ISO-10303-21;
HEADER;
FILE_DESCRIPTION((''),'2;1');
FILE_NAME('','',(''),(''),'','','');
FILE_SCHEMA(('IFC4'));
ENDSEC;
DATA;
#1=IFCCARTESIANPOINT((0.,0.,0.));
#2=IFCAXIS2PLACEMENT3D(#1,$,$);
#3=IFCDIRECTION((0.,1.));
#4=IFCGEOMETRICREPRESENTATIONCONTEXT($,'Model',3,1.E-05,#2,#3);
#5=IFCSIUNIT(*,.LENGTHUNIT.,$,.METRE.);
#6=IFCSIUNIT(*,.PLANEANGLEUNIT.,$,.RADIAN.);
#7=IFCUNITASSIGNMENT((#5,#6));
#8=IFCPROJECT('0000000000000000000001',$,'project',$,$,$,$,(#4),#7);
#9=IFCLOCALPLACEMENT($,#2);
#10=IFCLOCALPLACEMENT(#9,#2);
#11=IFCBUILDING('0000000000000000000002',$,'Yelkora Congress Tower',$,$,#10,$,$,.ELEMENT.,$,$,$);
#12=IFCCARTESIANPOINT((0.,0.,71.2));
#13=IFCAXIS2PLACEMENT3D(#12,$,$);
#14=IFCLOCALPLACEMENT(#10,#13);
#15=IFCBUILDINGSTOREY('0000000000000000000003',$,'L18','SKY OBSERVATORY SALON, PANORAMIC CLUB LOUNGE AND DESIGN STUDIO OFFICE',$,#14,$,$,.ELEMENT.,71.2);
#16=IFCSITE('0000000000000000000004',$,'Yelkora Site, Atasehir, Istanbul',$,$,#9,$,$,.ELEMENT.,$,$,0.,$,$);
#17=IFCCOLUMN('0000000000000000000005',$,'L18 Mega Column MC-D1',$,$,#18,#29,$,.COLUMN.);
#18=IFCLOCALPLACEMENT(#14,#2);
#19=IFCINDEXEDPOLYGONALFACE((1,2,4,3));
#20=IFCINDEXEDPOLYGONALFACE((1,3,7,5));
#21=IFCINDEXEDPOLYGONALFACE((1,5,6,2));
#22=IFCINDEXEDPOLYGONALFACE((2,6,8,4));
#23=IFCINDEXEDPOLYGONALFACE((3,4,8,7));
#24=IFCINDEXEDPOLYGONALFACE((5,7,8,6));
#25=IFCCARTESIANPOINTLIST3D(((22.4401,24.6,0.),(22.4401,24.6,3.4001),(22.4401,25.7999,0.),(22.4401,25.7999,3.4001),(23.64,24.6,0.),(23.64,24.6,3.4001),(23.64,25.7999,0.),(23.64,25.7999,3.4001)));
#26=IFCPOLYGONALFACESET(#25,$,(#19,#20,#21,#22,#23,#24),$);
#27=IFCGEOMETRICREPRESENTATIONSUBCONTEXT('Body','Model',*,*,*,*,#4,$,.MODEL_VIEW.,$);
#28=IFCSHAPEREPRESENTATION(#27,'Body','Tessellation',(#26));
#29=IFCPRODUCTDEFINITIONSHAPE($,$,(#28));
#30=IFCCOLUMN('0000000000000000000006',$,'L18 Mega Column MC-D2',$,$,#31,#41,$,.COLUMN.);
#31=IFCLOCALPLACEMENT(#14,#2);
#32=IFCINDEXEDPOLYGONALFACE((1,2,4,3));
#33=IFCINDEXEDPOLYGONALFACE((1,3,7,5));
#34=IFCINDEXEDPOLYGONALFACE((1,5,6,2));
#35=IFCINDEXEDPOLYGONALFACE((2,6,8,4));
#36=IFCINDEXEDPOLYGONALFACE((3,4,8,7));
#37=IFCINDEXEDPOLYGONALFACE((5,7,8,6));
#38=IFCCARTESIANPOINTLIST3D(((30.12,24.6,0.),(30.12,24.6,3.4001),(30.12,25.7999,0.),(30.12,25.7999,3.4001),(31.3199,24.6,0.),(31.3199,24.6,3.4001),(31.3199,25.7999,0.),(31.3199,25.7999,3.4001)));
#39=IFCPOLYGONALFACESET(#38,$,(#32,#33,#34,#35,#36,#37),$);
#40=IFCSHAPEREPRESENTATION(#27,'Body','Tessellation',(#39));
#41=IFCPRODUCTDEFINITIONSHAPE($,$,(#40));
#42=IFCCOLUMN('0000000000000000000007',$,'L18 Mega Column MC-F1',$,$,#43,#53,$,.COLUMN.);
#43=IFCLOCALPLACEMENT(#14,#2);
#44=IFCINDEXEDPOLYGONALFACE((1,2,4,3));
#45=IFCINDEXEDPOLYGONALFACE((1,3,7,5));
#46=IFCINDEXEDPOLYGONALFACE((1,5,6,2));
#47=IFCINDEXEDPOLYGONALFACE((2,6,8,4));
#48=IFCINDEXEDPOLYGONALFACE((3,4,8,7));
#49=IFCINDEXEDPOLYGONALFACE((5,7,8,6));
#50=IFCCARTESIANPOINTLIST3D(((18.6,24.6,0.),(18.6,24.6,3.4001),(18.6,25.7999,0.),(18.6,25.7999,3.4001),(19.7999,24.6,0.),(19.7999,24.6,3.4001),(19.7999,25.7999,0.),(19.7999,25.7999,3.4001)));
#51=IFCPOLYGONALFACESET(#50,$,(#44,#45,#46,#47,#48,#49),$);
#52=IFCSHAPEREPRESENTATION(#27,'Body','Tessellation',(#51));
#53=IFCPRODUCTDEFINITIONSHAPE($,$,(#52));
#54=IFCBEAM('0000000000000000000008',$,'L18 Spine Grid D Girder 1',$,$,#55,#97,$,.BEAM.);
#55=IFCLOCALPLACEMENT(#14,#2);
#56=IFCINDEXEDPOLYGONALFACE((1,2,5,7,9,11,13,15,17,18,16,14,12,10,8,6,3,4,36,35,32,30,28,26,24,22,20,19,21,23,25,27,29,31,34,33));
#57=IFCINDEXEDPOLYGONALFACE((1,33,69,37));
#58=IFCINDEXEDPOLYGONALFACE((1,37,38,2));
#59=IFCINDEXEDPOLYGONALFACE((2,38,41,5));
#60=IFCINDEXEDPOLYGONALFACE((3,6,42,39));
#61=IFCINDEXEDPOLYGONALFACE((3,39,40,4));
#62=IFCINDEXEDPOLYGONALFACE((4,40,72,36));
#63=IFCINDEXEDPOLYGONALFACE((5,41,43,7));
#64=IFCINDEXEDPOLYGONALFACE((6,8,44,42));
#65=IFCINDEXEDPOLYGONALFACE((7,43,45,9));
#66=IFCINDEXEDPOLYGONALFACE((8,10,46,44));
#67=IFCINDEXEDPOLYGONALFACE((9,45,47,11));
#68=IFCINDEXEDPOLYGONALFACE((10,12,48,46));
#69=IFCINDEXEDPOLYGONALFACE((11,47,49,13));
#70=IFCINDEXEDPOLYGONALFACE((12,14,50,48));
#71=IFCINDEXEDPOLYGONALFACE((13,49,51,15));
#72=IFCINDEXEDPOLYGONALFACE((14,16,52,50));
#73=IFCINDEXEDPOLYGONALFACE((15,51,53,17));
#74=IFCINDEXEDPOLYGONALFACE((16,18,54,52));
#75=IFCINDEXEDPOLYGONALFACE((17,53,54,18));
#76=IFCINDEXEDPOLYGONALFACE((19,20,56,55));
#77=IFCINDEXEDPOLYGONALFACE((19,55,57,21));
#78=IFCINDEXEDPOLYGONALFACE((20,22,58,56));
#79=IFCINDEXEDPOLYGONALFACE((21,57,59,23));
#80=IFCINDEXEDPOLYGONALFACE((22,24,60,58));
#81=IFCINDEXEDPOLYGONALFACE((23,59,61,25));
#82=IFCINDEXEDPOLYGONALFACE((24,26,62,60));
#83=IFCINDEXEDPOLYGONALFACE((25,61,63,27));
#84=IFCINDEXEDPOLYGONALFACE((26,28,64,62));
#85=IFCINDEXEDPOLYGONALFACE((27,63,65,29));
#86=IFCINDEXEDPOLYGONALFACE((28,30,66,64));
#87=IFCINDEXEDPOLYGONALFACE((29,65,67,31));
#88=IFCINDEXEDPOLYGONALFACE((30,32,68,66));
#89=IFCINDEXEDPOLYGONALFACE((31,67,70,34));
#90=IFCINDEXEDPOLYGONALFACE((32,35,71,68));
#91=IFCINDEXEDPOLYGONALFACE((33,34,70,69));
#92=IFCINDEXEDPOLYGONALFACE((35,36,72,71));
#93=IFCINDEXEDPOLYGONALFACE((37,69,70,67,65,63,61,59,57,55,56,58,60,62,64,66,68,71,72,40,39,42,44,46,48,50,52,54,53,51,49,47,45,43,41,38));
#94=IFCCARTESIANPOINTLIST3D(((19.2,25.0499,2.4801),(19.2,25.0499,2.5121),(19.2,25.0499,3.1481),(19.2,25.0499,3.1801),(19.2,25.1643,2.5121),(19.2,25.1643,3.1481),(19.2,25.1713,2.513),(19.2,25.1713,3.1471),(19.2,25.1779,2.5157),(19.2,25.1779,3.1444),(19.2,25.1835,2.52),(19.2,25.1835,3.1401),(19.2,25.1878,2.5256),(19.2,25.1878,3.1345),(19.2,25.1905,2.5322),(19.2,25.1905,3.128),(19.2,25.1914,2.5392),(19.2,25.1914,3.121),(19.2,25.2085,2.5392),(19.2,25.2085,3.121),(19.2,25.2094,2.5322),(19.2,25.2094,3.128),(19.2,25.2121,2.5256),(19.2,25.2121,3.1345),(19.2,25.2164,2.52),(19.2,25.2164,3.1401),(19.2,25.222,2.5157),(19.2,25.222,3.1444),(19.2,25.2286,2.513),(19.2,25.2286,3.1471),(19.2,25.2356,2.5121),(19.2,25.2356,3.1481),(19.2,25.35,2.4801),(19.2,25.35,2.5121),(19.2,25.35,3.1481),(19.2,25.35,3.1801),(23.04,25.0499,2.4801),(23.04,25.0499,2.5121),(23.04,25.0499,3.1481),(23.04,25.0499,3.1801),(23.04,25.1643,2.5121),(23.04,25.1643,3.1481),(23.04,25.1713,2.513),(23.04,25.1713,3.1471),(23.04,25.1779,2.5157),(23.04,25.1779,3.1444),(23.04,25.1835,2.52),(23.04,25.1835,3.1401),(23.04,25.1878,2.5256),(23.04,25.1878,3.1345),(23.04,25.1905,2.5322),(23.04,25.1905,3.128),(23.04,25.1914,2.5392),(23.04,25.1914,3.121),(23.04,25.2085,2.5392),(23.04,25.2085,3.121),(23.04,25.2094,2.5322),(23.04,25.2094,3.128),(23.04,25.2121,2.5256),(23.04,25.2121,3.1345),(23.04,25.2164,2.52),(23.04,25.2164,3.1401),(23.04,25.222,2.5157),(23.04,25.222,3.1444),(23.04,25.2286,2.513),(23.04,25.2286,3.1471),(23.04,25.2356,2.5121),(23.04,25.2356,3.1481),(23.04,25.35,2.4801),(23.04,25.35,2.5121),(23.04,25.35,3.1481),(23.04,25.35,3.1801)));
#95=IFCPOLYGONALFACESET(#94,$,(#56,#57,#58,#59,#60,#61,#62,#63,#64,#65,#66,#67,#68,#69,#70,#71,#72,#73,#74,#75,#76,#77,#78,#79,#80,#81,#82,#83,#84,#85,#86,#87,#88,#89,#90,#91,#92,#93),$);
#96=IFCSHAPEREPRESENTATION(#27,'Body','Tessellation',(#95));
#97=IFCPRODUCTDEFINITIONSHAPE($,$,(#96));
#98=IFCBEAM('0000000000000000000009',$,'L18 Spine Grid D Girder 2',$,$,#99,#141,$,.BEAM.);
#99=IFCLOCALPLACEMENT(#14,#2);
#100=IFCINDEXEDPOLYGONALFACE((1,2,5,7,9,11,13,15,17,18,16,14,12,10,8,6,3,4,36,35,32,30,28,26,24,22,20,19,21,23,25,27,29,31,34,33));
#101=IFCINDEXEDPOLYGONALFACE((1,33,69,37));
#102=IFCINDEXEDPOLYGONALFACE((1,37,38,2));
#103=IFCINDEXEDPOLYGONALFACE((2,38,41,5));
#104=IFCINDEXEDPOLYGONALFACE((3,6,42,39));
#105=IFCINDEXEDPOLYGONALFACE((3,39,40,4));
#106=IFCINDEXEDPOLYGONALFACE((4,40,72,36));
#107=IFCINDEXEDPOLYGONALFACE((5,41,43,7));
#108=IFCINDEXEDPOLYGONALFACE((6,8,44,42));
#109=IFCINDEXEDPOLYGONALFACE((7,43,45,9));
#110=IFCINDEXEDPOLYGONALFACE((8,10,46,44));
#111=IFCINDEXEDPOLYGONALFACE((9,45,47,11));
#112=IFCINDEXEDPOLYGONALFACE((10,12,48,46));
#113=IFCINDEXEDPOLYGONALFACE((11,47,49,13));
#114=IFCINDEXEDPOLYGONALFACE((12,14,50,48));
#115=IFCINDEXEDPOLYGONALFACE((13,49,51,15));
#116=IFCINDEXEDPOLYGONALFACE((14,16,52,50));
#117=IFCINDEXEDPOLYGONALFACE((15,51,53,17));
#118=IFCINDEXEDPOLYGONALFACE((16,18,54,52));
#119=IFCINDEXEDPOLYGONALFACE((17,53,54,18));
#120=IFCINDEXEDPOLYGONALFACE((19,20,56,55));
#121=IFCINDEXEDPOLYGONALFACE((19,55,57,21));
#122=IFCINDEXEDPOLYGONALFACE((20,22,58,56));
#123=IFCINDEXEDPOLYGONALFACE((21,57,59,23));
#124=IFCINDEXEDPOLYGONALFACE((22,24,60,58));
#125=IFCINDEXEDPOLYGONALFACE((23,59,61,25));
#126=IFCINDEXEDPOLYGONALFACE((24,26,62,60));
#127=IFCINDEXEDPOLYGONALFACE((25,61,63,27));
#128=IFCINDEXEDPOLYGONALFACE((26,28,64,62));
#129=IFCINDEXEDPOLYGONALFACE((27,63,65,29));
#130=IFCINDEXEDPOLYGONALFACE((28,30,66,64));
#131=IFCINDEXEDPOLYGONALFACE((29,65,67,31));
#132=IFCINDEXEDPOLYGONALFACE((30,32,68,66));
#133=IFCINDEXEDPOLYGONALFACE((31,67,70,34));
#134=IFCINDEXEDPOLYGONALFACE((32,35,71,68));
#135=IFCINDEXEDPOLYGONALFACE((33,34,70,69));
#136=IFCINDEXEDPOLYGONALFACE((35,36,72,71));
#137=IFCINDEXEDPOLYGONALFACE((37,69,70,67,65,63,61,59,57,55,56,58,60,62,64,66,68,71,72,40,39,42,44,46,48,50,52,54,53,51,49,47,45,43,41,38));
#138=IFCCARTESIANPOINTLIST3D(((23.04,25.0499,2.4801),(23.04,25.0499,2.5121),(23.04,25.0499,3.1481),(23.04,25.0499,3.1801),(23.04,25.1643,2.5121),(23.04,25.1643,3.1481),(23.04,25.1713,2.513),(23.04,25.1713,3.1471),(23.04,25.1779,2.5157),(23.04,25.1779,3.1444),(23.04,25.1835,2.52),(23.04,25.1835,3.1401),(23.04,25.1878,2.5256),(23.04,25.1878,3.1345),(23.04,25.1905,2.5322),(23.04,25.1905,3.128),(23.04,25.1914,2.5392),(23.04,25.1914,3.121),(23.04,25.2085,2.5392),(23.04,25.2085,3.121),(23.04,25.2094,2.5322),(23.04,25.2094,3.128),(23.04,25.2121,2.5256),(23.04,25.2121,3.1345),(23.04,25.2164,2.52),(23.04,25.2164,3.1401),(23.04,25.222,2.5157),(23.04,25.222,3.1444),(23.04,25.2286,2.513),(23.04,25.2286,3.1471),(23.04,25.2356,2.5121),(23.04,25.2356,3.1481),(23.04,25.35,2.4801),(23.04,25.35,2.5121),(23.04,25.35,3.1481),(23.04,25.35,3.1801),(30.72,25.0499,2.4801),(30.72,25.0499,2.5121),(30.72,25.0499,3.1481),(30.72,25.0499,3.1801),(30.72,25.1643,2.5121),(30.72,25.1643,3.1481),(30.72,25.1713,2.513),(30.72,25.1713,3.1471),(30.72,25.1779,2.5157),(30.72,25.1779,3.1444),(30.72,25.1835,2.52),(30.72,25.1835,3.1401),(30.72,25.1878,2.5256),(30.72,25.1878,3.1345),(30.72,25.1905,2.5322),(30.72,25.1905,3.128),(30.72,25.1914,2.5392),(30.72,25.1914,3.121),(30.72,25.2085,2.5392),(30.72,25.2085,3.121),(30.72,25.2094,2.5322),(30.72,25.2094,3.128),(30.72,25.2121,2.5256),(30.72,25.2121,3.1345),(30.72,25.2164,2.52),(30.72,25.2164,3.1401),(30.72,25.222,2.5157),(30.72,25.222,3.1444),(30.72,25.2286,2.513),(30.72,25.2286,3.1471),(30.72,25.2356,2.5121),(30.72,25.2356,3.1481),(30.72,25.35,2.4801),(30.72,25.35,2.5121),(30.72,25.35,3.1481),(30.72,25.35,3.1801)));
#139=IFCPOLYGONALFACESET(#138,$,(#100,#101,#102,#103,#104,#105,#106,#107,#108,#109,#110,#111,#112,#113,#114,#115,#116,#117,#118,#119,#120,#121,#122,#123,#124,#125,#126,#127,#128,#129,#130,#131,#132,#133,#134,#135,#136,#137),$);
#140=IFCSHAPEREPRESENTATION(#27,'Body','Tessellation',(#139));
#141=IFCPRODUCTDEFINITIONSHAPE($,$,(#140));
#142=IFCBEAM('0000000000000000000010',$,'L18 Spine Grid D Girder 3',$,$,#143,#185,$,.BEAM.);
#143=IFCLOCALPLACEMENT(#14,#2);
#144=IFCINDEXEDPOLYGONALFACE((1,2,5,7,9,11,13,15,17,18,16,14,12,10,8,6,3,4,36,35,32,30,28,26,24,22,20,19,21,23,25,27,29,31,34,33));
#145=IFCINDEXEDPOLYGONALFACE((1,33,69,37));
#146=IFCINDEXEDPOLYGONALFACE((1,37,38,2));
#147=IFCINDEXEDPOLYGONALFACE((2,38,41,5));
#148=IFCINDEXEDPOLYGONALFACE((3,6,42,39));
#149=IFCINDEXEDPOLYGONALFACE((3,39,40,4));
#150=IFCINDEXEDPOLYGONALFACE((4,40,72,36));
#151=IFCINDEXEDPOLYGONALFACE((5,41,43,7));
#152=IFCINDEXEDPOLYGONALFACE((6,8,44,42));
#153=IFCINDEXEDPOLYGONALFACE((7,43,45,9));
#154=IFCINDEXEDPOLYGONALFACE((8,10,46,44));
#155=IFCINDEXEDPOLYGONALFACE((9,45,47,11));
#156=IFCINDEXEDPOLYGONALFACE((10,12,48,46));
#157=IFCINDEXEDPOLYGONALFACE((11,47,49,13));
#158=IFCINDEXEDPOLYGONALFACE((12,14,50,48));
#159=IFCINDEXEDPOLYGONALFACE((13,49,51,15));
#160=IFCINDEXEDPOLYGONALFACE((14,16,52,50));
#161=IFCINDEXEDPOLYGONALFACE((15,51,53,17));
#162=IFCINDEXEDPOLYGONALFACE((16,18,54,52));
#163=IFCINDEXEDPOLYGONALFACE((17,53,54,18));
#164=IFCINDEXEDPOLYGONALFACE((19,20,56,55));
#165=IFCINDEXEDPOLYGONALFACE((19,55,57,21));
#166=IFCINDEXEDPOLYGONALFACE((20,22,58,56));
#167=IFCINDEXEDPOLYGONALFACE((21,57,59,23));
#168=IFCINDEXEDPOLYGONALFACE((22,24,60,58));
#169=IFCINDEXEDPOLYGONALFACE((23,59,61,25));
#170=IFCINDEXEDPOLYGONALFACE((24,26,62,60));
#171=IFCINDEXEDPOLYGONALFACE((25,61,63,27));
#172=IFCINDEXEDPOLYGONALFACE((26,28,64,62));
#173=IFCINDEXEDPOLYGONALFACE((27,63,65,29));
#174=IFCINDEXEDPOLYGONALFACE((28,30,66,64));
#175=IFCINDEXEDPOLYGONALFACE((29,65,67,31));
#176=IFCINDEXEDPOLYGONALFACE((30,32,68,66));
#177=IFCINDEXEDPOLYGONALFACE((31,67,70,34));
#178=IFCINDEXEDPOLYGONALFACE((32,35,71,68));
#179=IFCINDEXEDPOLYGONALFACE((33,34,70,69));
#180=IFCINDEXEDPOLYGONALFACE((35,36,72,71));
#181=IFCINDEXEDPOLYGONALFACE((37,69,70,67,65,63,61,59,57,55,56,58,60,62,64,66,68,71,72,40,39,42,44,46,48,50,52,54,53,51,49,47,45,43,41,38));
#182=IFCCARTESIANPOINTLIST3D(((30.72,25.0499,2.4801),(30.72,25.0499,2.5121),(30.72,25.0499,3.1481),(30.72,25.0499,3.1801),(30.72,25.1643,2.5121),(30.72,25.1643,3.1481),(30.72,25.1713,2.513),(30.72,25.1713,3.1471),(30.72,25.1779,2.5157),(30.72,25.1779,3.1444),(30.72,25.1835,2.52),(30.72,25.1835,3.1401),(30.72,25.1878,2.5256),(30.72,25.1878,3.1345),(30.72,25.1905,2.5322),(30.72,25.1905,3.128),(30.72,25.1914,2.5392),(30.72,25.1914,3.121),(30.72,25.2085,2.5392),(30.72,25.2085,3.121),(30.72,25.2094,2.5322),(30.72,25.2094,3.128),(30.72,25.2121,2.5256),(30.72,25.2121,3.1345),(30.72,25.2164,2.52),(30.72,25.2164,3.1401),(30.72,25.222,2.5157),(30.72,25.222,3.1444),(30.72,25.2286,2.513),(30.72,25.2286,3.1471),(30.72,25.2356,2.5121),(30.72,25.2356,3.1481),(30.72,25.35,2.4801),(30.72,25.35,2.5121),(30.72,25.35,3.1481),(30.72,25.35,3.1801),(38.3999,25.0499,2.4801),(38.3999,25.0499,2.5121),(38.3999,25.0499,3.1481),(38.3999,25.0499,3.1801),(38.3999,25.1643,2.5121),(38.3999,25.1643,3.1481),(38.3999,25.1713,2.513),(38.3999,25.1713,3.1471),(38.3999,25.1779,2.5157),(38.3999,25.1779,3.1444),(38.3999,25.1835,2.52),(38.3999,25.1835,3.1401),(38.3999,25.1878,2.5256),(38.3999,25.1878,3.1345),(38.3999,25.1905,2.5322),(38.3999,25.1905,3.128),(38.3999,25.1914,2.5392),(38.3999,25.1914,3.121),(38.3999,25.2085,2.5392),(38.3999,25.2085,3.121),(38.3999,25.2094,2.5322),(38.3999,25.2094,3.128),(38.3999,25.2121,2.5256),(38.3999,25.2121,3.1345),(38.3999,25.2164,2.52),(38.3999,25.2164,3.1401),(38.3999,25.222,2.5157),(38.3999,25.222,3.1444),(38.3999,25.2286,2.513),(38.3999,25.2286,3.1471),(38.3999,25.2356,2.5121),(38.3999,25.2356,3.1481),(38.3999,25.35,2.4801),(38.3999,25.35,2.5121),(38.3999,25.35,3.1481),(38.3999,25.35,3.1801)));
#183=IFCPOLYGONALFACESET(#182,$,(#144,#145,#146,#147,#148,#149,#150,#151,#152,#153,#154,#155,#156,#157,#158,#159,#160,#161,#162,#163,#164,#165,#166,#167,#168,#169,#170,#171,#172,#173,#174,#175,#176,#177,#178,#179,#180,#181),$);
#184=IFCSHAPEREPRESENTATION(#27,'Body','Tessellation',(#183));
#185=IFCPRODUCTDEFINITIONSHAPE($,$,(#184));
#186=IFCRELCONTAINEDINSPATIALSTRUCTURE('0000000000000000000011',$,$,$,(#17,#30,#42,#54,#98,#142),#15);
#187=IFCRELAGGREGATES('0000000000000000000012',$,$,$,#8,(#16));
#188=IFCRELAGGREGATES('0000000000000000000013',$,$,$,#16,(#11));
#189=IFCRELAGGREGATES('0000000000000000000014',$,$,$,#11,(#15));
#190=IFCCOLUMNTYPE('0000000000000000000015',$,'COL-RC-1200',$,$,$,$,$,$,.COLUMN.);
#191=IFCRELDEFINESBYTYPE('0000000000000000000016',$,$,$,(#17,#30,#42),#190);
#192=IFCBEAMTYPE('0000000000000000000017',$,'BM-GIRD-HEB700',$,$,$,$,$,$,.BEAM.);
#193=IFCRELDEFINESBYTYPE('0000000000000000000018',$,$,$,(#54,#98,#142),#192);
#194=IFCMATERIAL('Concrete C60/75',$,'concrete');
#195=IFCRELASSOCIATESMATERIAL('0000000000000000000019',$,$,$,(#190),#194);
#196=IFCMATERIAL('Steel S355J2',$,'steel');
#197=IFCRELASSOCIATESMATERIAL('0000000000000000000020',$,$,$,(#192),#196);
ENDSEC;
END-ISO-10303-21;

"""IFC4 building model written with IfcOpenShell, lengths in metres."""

from ifc_helpers import new_model, si_unit, direction, frame, origin, origin_2d, place, context, subcontext, project, spatial, rectangle, i_section, extrude, material, material_profile, profile_set, type_object, element, save


model = new_model("IFC4")

# Units and contexts
model_context = context("Model", 3, precision=1e-05, world=origin(), true_north=direction((0.0, 1.0)))
body_context = subcontext(model_context, "Body", "Model", "MODEL_VIEW")
ifc_project = project(units=[si_unit("LENGTHUNIT", "METRE"), si_unit("PLANEANGLEUNIT", "RADIAN")], contexts=[model_context])

# Site, building, storey
site_placement = place(None, origin())
site = spatial("IfcSite", under=ifc_project, at=site_placement, Name="Yelkora Site, Atasehir, Istanbul", CompositionType="ELEMENT", RefElevation=0.0)
building_placement = place(site_placement, origin())
building = spatial("IfcBuilding", under=site, at=building_placement, Name="Yelkora Congress Tower", CompositionType="ELEMENT")
storey_placement = place(building_placement, frame((0.0, 0.0, 71.2)))
storey = spatial("IfcBuildingStorey", under=building, at=storey_placement, Name="L18", Description="SKY OBSERVATORY SALON, PANORAMIC CLUB LOUNGE AND DESIGN STUDIO OFFICE", CompositionType="ELEMENT", Elevation=71.2)

# Columns
ifc_material_1 = material(Name="Concrete C60/75", Category="concrete")
ifc_material_profile_1 = material_profile(ifc_material_1, rectangle(XDim=1.2, YDim=1.2, at=origin_2d()), Name="RC 1200x1200")
ifc_profile_set_1 = profile_set([ifc_material_profile_1], Name="Concrete C60/75")
column_type = type_object("IfcColumnType", Name="COL-RC-1200", PredefinedType="COLUMN", material=ifc_profile_set_1)
for number, where, z_axis, x_axis, name in (
    (1, (23.04, 25.2, 0.0), (0.0, 0.0, 1.0), (1.0, 0.0, 0.0), "L18 Mega Column MC-D1"),
    (2, (30.72, 25.2, 0.0), (0.0, 0.0, 1.0), (1.0, 0.0, 0.0), "L18 Mega Column MC-D2"),
    (3, (19.2, 25.2, 0.0), (0.0, 0.0, 1.0), (1.0, 0.0, 0.0), "L18 Mega Column MC-F1"),
):
    element("IfcColumn", number, at=place(storey_placement, frame(where, z_axis=z_axis, x_axis=x_axis)), inside=storey, type_object=column_type, Name=name, PredefinedType="COLUMN", context=body_context, shape_type="SweptSolid", body=[
        extrude(rectangle(XDim=1.2, YDim=1.2, at=origin_2d()), origin(), (0.0, 0.0, 1.0), 3.4001),
    ])

# Beams
ifc_material_2 = material(Name="Steel S355J2", Category="steel")
ifc_material_profile_2 = material_profile(ifc_material_2, i_section(OverallWidth=0.3, OverallDepth=0.7, WebThickness=0.0171, FlangeThickness=0.032, FilletRadius=0.0271, at=origin_2d()), Name="HEB 700")
ifc_profile_set_2 = profile_set([ifc_material_profile_2], Name="Steel S355J2")
beam_type_1 = type_object("IfcBeamType", Name="BM-GIRD-HEB700", PredefinedType="BEAM", material=ifc_profile_set_2)
beam_1_placement = place(storey_placement, frame((19.2, 25.2, 2.8301), z_axis=(1.0, 0.0, 0.0), x_axis=(0.0, 1.0, 0.0)))
element("IfcBeam", 4, at=beam_1_placement, inside=storey, type_object=beam_type_1, Name="L18 Spine Grid D Girder 1", PredefinedType="BEAM", context=body_context, shape_type="SweptSolid", body=[
    extrude(i_section(OverallWidth=0.3, OverallDepth=0.7, WebThickness=0.0171, FlangeThickness=0.032, FilletRadius=0.0271, at=origin_2d()), origin(), (0.0, 0.0, 1.0), 3.8401),
])
for number, where, z_axis, x_axis, name in (
    (5, (23.04, 25.2, 2.8301), (1.0, 0.0, 0.0), (0.0, 1.0, 0.0), "L18 Spine Grid D Girder 2"),
    (6, (30.72, 25.2, 2.8301), (1.0, 0.0, 0.0), (0.0, 1.0, 0.0), "L18 Spine Grid D Girder 3"),
):
    element("IfcBeam", number, at=place(storey_placement, frame(where, z_axis=z_axis, x_axis=x_axis)), inside=storey, type_object=beam_type_1, Name=name, PredefinedType="BEAM", context=body_context, shape_type="SweptSolid", body=[
        extrude(i_section(OverallWidth=0.3, OverallDepth=0.7, WebThickness=0.0171, FlangeThickness=0.032, FilletRadius=0.0271, at=origin_2d()), origin(), (0.0, 0.0, 1.0), 7.6799),
    ])

save(model, "model.ifc")
